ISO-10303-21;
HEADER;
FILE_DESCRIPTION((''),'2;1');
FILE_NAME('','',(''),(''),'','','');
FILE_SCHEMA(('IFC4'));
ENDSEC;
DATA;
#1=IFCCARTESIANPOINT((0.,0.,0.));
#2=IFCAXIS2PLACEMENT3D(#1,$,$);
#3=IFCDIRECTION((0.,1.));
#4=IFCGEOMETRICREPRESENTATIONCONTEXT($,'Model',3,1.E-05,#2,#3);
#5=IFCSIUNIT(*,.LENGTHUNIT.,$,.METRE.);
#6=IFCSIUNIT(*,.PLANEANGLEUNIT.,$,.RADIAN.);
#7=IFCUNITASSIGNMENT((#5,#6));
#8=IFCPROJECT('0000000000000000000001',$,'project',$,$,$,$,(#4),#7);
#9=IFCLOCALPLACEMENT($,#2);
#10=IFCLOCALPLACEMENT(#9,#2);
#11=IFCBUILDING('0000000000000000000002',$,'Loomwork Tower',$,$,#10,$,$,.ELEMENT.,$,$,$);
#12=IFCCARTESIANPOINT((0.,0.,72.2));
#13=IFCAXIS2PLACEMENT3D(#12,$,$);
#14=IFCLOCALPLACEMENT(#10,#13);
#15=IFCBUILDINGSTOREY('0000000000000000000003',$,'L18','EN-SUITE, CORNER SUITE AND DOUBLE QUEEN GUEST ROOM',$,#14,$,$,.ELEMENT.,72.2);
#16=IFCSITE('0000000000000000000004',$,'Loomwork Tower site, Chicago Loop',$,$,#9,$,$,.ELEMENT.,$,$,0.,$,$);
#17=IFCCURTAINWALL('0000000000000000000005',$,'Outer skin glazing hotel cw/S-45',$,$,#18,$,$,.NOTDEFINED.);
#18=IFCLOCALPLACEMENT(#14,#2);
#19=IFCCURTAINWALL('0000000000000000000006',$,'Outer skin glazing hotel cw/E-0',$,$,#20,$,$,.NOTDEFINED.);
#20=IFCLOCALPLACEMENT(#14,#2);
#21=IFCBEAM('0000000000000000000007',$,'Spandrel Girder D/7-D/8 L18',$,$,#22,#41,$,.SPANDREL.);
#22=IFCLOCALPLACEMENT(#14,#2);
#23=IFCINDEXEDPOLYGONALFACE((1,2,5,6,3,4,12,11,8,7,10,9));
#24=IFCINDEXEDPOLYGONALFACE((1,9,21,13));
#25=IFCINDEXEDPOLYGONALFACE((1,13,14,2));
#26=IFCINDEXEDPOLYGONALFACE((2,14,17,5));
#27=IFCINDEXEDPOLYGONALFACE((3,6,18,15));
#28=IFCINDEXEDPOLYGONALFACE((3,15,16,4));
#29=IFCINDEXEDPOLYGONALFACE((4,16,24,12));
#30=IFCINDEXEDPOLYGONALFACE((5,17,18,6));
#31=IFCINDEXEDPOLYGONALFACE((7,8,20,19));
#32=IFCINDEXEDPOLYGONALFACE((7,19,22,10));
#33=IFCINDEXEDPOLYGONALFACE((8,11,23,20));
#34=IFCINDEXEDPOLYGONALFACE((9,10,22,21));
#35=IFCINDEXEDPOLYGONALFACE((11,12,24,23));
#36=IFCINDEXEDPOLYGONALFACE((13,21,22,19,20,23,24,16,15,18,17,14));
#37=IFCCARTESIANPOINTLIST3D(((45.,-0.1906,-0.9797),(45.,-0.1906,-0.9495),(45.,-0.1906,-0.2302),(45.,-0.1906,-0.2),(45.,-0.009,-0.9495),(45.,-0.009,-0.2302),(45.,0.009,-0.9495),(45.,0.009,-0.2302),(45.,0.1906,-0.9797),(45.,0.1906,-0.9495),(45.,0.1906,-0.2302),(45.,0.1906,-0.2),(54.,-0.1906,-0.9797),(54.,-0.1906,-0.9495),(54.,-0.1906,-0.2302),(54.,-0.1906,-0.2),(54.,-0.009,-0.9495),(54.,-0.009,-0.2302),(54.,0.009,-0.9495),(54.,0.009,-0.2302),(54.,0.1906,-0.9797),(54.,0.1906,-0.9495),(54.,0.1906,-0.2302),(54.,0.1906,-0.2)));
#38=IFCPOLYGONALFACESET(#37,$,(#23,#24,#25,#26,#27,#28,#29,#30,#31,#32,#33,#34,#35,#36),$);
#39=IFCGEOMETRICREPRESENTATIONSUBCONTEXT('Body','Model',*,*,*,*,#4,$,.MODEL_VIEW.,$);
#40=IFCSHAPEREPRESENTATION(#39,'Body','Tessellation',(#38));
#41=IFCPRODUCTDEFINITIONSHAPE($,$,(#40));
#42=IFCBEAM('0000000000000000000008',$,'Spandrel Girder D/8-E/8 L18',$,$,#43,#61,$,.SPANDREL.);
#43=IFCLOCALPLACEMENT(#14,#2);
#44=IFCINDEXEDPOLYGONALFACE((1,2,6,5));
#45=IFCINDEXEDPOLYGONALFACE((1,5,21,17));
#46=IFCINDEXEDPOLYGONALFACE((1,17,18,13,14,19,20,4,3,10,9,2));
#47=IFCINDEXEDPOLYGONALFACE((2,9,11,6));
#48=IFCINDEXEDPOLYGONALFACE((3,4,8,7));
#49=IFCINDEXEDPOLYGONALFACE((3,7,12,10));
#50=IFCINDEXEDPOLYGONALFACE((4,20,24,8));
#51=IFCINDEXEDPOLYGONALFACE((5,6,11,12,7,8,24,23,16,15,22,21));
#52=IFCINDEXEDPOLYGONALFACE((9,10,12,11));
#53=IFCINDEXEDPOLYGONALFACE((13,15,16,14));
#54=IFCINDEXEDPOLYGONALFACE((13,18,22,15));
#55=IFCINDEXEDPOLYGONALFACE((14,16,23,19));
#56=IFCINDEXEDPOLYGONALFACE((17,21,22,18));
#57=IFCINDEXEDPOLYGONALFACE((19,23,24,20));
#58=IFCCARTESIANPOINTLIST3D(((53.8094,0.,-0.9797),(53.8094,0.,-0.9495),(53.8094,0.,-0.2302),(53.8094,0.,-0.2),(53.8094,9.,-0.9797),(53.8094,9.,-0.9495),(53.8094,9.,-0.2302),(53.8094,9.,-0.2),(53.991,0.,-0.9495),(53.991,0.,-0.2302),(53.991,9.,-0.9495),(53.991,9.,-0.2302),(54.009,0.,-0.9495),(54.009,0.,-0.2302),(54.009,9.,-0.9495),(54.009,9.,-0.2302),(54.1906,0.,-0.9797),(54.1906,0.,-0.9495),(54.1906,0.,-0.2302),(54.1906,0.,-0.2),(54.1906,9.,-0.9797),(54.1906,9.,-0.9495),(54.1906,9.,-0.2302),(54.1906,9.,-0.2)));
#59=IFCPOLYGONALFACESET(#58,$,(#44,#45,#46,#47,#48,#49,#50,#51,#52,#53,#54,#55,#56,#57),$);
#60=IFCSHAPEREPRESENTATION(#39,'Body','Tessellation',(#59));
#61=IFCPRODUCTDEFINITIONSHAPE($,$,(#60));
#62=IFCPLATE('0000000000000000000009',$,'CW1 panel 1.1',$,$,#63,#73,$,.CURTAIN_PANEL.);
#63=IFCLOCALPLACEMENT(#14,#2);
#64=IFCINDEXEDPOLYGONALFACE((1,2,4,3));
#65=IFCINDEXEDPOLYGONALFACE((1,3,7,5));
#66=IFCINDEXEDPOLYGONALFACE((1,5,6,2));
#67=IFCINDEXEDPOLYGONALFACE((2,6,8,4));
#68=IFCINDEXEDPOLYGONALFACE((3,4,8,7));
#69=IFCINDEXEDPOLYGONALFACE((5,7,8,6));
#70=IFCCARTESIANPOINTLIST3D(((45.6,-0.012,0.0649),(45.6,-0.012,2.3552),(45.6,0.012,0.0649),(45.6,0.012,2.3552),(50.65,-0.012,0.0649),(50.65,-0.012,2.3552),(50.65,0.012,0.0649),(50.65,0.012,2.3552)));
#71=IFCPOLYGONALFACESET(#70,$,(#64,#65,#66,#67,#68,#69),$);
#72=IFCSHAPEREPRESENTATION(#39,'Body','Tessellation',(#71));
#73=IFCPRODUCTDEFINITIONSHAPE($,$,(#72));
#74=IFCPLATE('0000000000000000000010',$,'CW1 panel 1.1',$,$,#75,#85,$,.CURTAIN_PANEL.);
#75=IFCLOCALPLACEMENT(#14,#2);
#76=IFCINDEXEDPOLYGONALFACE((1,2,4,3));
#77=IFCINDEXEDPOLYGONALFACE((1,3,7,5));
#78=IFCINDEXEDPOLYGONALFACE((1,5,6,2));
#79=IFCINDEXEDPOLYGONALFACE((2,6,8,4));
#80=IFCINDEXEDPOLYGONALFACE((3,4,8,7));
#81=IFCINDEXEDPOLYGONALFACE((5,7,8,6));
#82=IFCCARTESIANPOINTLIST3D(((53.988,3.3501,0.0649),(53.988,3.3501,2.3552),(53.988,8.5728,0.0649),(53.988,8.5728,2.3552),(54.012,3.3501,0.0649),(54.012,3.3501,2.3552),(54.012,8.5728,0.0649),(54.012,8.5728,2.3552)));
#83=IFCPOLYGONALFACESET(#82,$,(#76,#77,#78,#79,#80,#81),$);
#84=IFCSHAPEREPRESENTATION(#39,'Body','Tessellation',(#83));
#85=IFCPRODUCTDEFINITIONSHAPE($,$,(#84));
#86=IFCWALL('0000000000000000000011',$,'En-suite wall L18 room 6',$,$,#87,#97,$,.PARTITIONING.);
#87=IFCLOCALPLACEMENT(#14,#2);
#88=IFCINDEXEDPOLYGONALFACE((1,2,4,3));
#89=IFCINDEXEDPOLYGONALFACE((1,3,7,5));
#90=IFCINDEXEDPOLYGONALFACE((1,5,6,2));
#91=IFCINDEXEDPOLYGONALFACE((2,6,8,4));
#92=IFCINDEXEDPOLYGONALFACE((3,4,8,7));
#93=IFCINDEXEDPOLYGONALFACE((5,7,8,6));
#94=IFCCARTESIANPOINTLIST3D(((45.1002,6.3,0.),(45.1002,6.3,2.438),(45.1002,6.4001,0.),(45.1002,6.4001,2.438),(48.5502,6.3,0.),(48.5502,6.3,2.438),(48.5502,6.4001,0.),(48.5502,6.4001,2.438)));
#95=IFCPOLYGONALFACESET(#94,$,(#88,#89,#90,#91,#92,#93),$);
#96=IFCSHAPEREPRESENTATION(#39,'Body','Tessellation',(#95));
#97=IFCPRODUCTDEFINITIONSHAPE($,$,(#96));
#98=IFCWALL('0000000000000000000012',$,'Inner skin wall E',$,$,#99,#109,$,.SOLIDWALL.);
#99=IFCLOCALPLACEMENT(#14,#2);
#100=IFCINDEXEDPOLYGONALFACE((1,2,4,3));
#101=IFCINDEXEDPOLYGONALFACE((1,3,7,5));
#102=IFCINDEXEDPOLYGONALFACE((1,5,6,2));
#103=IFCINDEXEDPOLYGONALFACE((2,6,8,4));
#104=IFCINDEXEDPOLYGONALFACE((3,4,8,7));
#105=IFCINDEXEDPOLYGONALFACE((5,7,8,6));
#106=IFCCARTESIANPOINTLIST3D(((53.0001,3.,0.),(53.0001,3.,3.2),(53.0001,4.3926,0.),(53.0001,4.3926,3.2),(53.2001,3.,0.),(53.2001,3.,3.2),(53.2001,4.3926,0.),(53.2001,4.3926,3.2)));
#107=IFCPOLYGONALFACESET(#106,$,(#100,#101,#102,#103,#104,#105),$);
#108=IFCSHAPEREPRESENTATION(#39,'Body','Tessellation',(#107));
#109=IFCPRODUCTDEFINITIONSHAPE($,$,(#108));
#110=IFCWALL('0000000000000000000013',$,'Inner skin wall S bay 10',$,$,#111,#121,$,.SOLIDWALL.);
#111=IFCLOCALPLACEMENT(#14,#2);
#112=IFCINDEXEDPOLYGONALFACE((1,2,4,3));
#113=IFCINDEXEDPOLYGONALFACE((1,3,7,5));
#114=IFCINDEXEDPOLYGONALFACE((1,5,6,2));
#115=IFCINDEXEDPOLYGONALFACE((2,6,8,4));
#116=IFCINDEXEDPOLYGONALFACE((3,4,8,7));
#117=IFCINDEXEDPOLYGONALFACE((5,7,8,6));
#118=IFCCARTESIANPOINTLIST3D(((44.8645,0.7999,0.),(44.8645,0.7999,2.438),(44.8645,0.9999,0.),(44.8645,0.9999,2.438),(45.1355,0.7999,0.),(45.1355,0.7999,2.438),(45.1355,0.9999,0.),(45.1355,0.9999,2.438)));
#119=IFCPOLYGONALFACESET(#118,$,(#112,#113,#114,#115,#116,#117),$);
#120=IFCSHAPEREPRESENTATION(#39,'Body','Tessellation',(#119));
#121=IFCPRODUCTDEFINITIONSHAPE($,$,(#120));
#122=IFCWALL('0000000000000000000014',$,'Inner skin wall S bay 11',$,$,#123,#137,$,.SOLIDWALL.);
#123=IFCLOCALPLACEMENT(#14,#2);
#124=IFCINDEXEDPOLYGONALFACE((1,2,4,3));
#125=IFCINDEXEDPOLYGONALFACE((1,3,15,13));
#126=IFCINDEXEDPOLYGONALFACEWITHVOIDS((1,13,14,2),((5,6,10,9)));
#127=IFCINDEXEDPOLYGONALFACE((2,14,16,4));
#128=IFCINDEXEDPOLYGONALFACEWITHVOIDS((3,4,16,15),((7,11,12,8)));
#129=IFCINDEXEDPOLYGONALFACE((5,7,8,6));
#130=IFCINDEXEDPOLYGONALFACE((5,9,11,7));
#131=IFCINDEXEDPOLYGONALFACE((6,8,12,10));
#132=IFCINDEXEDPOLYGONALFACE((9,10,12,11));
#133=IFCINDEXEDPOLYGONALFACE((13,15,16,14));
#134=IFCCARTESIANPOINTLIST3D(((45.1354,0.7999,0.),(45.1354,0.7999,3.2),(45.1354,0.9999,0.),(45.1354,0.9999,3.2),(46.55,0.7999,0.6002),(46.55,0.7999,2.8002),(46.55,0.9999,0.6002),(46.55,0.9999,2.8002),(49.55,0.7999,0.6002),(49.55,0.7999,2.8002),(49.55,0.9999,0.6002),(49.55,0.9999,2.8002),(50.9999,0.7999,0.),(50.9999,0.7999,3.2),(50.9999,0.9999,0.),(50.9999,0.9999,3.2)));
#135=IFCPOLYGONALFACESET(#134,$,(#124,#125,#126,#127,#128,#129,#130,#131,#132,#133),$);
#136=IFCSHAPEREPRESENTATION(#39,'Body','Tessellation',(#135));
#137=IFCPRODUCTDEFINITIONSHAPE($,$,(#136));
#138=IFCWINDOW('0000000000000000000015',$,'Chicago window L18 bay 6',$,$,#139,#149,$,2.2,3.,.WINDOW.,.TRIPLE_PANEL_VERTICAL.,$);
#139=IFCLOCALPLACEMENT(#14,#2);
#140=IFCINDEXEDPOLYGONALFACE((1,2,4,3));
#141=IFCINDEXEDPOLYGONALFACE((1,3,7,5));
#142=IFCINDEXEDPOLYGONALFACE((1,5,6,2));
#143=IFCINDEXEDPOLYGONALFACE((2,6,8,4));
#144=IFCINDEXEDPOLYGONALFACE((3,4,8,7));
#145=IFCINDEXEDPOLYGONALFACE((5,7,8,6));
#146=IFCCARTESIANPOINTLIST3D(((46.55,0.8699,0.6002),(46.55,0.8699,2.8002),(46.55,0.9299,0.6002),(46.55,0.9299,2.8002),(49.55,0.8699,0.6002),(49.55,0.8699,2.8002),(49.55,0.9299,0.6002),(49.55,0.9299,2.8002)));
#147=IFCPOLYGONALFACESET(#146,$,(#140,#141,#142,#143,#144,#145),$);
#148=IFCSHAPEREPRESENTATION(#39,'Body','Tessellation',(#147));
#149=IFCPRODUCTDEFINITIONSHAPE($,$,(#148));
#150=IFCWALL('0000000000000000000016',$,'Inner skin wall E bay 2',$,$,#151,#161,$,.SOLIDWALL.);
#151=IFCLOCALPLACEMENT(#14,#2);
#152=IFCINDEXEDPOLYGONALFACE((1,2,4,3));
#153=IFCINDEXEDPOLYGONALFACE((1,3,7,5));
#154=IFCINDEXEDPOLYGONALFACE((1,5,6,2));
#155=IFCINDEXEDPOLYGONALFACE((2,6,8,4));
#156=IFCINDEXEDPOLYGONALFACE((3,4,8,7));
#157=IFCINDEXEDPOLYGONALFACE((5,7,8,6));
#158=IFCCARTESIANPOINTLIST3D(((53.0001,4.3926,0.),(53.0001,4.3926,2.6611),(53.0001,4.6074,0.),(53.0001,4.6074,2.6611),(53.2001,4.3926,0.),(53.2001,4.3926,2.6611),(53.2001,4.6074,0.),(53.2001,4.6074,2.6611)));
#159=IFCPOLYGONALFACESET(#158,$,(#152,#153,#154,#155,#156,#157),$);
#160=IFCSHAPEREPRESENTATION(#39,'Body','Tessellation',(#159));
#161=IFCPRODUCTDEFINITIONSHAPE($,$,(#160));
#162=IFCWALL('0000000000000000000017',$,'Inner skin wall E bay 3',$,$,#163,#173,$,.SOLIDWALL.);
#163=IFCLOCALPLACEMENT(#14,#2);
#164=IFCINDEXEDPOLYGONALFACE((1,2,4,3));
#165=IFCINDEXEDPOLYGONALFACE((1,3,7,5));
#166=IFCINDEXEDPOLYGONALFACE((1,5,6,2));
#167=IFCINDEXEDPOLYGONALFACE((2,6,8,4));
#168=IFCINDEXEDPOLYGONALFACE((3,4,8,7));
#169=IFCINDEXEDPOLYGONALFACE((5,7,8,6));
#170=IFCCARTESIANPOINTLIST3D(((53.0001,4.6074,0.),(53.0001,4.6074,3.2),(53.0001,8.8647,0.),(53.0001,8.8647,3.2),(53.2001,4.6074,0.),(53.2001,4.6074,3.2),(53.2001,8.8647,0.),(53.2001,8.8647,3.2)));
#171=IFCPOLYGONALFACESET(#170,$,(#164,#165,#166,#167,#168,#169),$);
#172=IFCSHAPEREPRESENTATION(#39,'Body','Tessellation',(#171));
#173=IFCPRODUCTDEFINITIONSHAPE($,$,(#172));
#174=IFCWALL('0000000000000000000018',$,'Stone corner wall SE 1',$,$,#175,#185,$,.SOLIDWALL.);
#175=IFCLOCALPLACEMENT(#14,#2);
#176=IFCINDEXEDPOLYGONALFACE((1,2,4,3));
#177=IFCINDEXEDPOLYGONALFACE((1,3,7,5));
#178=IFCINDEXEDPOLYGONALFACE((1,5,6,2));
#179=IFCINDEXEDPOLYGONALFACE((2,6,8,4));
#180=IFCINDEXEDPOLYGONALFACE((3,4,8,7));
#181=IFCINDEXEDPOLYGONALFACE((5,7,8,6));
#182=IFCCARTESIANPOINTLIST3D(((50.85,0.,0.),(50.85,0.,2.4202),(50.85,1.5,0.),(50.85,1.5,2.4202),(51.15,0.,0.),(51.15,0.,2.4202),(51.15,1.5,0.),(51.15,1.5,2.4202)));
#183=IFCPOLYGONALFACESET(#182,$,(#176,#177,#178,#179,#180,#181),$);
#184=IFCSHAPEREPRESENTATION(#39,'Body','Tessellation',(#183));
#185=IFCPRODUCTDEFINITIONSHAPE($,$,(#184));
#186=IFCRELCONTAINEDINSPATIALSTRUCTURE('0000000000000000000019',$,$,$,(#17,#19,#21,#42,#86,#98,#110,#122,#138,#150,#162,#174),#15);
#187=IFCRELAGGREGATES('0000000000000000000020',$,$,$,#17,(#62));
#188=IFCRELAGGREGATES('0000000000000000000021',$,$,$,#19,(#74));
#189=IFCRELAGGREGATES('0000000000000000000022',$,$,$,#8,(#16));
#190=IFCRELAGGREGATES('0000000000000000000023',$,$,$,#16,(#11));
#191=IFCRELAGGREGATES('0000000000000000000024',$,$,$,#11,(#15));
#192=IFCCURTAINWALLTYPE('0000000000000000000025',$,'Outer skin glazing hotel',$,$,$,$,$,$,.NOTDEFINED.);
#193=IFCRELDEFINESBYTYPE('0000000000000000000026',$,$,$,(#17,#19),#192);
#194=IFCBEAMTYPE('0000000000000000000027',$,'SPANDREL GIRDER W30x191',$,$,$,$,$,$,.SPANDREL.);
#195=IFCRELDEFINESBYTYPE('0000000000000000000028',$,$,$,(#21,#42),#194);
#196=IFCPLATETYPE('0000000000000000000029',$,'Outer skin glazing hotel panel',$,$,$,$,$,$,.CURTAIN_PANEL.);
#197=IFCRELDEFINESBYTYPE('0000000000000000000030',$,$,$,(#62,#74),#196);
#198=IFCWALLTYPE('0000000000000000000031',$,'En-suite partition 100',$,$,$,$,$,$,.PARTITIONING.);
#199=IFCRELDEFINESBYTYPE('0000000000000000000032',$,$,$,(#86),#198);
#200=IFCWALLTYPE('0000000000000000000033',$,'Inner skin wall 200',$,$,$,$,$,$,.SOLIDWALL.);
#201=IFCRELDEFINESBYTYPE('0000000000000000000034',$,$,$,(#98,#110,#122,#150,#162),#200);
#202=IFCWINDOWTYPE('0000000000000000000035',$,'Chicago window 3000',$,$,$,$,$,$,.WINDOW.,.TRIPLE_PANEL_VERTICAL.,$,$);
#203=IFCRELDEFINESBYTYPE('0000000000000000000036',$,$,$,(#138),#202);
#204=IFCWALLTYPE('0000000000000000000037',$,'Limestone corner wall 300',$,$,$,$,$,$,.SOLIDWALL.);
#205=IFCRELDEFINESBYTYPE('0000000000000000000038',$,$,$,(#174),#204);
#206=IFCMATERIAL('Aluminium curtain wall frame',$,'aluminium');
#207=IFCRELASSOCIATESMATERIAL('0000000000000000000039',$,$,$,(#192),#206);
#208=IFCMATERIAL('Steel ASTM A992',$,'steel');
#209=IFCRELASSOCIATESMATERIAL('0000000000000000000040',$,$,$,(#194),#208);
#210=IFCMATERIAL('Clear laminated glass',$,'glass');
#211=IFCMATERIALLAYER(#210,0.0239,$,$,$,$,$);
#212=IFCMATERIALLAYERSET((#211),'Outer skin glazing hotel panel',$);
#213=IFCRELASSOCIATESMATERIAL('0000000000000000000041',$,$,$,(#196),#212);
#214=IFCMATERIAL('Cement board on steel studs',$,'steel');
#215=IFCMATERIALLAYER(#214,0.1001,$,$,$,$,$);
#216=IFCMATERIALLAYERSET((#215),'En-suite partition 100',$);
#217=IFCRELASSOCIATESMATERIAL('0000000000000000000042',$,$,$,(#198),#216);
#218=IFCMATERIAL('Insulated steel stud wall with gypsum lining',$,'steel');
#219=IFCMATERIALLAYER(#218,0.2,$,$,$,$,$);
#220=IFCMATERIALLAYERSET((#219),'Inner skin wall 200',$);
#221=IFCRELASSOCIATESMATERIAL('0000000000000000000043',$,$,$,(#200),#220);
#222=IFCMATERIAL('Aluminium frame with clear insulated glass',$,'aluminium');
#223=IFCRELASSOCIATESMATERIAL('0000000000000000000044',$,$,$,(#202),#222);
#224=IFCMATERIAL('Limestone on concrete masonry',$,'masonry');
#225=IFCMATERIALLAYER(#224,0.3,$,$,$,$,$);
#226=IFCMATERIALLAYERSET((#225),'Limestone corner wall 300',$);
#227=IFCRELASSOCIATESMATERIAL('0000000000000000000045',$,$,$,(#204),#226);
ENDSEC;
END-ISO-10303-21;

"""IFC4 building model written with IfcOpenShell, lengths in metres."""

from ifc_helpers import new_model, si_unit, direction, frame, frame_2d, origin, origin_2d, place, context, subcontext, project, spatial, rectangle, i_section, extrude, material, layer, layer_set, material_profile, profile_set, type_object, element, fill, aggregate, save


model = new_model("IFC4")

# Units and contexts
model_context = context("Model", 3, precision=1e-05, world=origin(), true_north=direction((0.0, 1.0)))
body_context = subcontext(model_context, "Body", "Model", "MODEL_VIEW")
ifc_project = project(units=[si_unit("LENGTHUNIT", "METRE"), si_unit("PLANEANGLEUNIT", "RADIAN")], contexts=[model_context])

# Site, building, storey
site_placement = place(None, origin())
site = spatial("IfcSite", under=ifc_project, at=site_placement, Name="Loomwork Tower site, Chicago Loop", CompositionType="ELEMENT", RefElevation=0.0)
building_placement = place(site_placement, origin())
building = spatial("IfcBuilding", under=site, at=building_placement, Name="Loomwork Tower", CompositionType="ELEMENT")
storey_placement = place(building_placement, frame((0.0, 0.0, 72.2)))
storey = spatial("IfcBuildingStorey", under=building, at=storey_placement, Name="L18", Description="EN-SUITE, CORNER SUITE AND DOUBLE QUEEN GUEST ROOM", CompositionType="ELEMENT", Elevation=72.2)

# Shared definitions
ifc_material_1 = material(Name="Aluminium curtain wall frame", Category="aluminium")
curtain_wall_type = type_object("IfcCurtainWallType", Name="Outer skin glazing hotel", PredefinedType="NOTDEFINED", material=ifc_material_1)

# Curtain wall
curtain_wall_1_placement = place(storey_placement, origin())
curtain_wall_1 = element("IfcCurtainWall", 1, at=curtain_wall_1_placement, inside=storey, type_object=curtain_wall_type, Name="Outer skin glazing hotel cw/S-45", PredefinedType="NOTDEFINED")

# Curtain wall
curtain_wall_2_placement = place(storey_placement, origin())
curtain_wall_2 = element("IfcCurtainWall", 2, at=curtain_wall_2_placement, inside=storey, type_object=curtain_wall_type, Name="Outer skin glazing hotel cw/E-0", PredefinedType="NOTDEFINED")

# Beams
ifc_material_2 = material(Name="Steel ASTM A992", Category="steel")
ifc_material_profile_1 = material_profile(ifc_material_2, i_section(OverallWidth=0.3811, OverallDepth=0.7798, WebThickness=0.0181, FlangeThickness=0.0303, at=origin_2d()), Name="W30x191")
ifc_profile_set_1 = profile_set([ifc_material_profile_1], Name="Steel ASTM A992")
beam_type_1 = type_object("IfcBeamType", Name="SPANDREL GIRDER W30x191", PredefinedType="SPANDREL", material=ifc_profile_set_1)
for number, where, z_axis, x_axis, name in (
    (3, (45.0, 0.0, -0.5898), (1.0, 0.0, 0.0), (0.0, 1.0, 0.0), "Spandrel Girder D/7-D/8 L18"),
    (4, (54.0, 0.0, -0.5898), (0.0, 1.0, 0.0), (-1.0, 0.0, 0.0), "Spandrel Girder D/8-E/8 L18"),
):
    element("IfcBeam", number, at=place(storey_placement, frame(where, z_axis=z_axis, x_axis=x_axis)), inside=storey, type_object=beam_type_1, Name=name, PredefinedType="SPANDREL", context=body_context, shape_type="SweptSolid", body=[
        extrude(i_section(OverallWidth=0.3811, OverallDepth=0.7798, WebThickness=0.0181, FlangeThickness=0.0303, at=origin_2d()), origin(), (0.0, 0.0, 1.0), 9.0),
    ])

# Plates
ifc_material_3 = material(Name="Clear laminated glass", Category="glass")
ifc_layer_1 = layer(ifc_material_3, 0.0239)
ifc_layer_set_1 = layer_set([ifc_layer_1], Name="Outer skin glazing hotel panel")
plate_type = type_object("IfcPlateType", Name="Outer skin glazing hotel panel", PredefinedType="CURTAIN_PANEL", material=ifc_layer_set_1)
plate_1_placement = place(storey_placement, frame((48.125, 0.0, 0.0649), z_axis=(0.0, 0.0, 1.0), x_axis=(1.0, 0.0, 0.0)))
plate_1 = element("IfcPlate", 5, at=plate_1_placement, type_object=plate_type, Name="CW1 panel 1.1", PredefinedType="CURTAIN_PANEL", context=body_context, shape_type="SweptSolid", body=[
    extrude(rectangle(XDim=5.05, YDim=0.0239, at=origin_2d()), origin(), (0.0, 0.0, 1.0), 2.2903),
])
aggregate(curtain_wall_1, [plate_1])
plate_2_placement = place(storey_placement, frame((54.0, 5.9614, 0.0649), z_axis=(0.0, 0.0, 1.0), x_axis=(0.0, 1.0, 0.0)))
plate_2 = element("IfcPlate", 6, at=plate_2_placement, type_object=plate_type, Name="CW1 panel 1.1", PredefinedType="CURTAIN_PANEL", context=body_context, shape_type="SweptSolid", body=[
    extrude(rectangle(XDim=5.2227, YDim=0.0239, at=origin_2d()), origin(), (0.0, 0.0, 1.0), 2.2903),
])
aggregate(curtain_wall_2, [plate_2])

# Walls
ifc_material_4 = material(Name="Cement board on steel studs", Category="steel")
ifc_layer_2 = layer(ifc_material_4, 0.1001)
ifc_layer_set_2 = layer_set([ifc_layer_2], Name="En-suite partition 100")
wall_type_1 = type_object("IfcWallType", Name="En-suite partition 100", PredefinedType="PARTITIONING", material=ifc_layer_set_2)
wall_1_placement = place(storey_placement, frame((45.1001, 6.3501, 0.0), z_axis=(0.0, 0.0, 1.0), x_axis=(1.0, 0.0, 0.0)))
element("IfcWall", 7, at=wall_1_placement, inside=storey, type_object=wall_type_1, Name="En-suite wall L18 room 6", PredefinedType="PARTITIONING", context=body_context, shape_type="SweptSolid", body=[
    extrude(rectangle(XDim=3.45, YDim=0.1001, at=frame_2d((1.7251, 0.0))), origin(), (0.0, 0.0, 1.0), 2.438),
])
ifc_material_5 = material(Name="Insulated steel stud wall with gypsum lining", Category="steel")
ifc_layer_3 = layer(ifc_material_5, 0.2)
ifc_layer_set_3 = layer_set([ifc_layer_3], Name="Inner skin wall 200")
wall_type_2 = type_object("IfcWallType", Name="Inner skin wall 200", PredefinedType="SOLIDWALL", material=ifc_layer_set_3)
wall_2_placement = place(storey_placement, frame((53.1001, 3.0, 0.0), z_axis=(0.0, 0.0, 1.0), x_axis=(0.0, 1.0, 0.0)))
element("IfcWall", 8, at=wall_2_placement, inside=storey, type_object=wall_type_2, Name="Inner skin wall E", PredefinedType="SOLIDWALL", context=body_context, shape_type="SweptSolid", body=[
    extrude(rectangle(XDim=1.3926, YDim=0.2, at=frame_2d((0.6963, 0.0))), origin(), (0.0, 0.0, 1.0), 3.2),
])
wall_3_placement = place(storey_placement, frame((44.8645, 0.8999, 0.0), z_axis=(0.0, 0.0, 1.0), x_axis=(1.0, 0.0, 0.0)))
element("IfcWall", 9, at=wall_3_placement, inside=storey, type_object=wall_type_2, Name="Inner skin wall S bay 10", PredefinedType="SOLIDWALL", context=body_context, shape_type="SweptSolid", body=[
    extrude(rectangle(XDim=0.271, YDim=0.2, at=frame_2d((0.1355, 0.0))), origin(), (0.0, 0.0, 1.0), 2.438),
])

# Wall, opening, window
wall_4_placement = place(storey_placement, frame((45.1355, 0.8999, 0.0), z_axis=(0.0, 0.0, 1.0), x_axis=(1.0, 0.0, 0.0)))
wall_4 = element("IfcWall", 10, at=wall_4_placement, inside=storey, type_object=wall_type_2, Name="Inner skin wall S bay 11", PredefinedType="SOLIDWALL", context=body_context, shape_type="SweptSolid", body=[
    extrude(rectangle(XDim=5.8645, YDim=0.2, at=frame_2d((2.9321, 0.0))), origin(), (0.0, 0.0, 1.0), 3.2),
])
opening_1_placement = place(wall_4_placement, frame((1.4146, 0.0, 0.6001)))
opening_1 = element("IfcOpeningElement", 11, at=opening_1_placement, cuts=wall_4, PredefinedType="OPENING", context=body_context, shape_type="SweptSolid", body=[
    extrude(rectangle(XDim=3.0, YDim=2.2, at=frame_2d((1.5, 1.1001))), frame((0.0, 0.1099, 0.0), z_axis=(0.0, -1.0, 0.0), x_axis=(1.0, 0.0, 0.0)), (0.0, 0.0, 1.0), 0.22),
])
ifc_material_6 = material(Name="Aluminium frame with clear insulated glass", Category="aluminium")
window_type_1 = type_object("IfcWindowType", Name="Chicago window 3000", PartitioningType="TRIPLE_PANEL_VERTICAL", PredefinedType="WINDOW", material=ifc_material_6)
window_1_placement = place(opening_1_placement, origin())
window_1 = element("IfcWindow", 12, at=window_1_placement, inside=storey, type_object=window_type_1, Name="Chicago window L18 bay 6", OverallHeight=2.2, OverallWidth=3.0, PartitioningType="TRIPLE_PANEL_VERTICAL", PredefinedType="WINDOW", context=body_context, shape_type="SweptSolid", body=[
    extrude(rectangle(XDim=3.0, YDim=2.2, at=frame_2d((1.5, 1.1001))), frame((0.0, 0.03, 0.0), z_axis=(0.0, -1.0, 0.0), x_axis=(1.0, 0.0, 0.0)), (0.0, 0.0, 1.0), 0.0601),
])
fill(opening_1, window_1)

# Walls
wall_5_placement = place(storey_placement, frame((53.1001, 4.3926, 0.0), z_axis=(0.0, 0.0, 1.0), x_axis=(0.0, 1.0, 0.0)))
element("IfcWall", 13, at=wall_5_placement, inside=storey, type_object=wall_type_2, Name="Inner skin wall E bay 2", PredefinedType="SOLIDWALL", context=body_context, shape_type="SweptSolid", body=[
    extrude(rectangle(XDim=0.2148, YDim=0.2, at=frame_2d((0.1074, 0.0))), origin(), (0.0, 0.0, 1.0), 2.6611),
])
wall_6_placement = place(storey_placement, frame((53.1001, 4.6074, 0.0), z_axis=(0.0, 0.0, 1.0), x_axis=(0.0, 1.0, 0.0)))
element("IfcWall", 14, at=wall_6_placement, inside=storey, type_object=wall_type_2, Name="Inner skin wall E bay 3", PredefinedType="SOLIDWALL", context=body_context, shape_type="SweptSolid", body=[
    extrude(rectangle(XDim=4.2573, YDim=0.2, at=frame_2d((2.1287, 0.0))), origin(), (0.0, 0.0, 1.0), 3.2),
])
ifc_material_7 = material(Name="Limestone on concrete masonry", Category="masonry")
ifc_layer_4 = layer(ifc_material_7, 0.3)
ifc_layer_set_4 = layer_set([ifc_layer_4], Name="Limestone corner wall 300")
wall_type_3 = type_object("IfcWallType", Name="Limestone corner wall 300", PredefinedType="SOLIDWALL", material=ifc_layer_set_4)
wall_7_placement = place(storey_placement, frame((51.0, 0.0, 0.0), z_axis=(0.0, 0.0, 1.0), x_axis=(0.0, 1.0, 0.0)))
element("IfcWall", 15, at=wall_7_placement, inside=storey, type_object=wall_type_3, Name="Stone corner wall SE 1", PredefinedType="SOLIDWALL", context=body_context, shape_type="SweptSolid", body=[
    extrude(rectangle(XDim=1.5, YDim=0.3, at=frame_2d((0.75, 0.0))), origin(), (0.0, 0.0, 1.0), 2.4202),
])

save(model, "model.ifc")
